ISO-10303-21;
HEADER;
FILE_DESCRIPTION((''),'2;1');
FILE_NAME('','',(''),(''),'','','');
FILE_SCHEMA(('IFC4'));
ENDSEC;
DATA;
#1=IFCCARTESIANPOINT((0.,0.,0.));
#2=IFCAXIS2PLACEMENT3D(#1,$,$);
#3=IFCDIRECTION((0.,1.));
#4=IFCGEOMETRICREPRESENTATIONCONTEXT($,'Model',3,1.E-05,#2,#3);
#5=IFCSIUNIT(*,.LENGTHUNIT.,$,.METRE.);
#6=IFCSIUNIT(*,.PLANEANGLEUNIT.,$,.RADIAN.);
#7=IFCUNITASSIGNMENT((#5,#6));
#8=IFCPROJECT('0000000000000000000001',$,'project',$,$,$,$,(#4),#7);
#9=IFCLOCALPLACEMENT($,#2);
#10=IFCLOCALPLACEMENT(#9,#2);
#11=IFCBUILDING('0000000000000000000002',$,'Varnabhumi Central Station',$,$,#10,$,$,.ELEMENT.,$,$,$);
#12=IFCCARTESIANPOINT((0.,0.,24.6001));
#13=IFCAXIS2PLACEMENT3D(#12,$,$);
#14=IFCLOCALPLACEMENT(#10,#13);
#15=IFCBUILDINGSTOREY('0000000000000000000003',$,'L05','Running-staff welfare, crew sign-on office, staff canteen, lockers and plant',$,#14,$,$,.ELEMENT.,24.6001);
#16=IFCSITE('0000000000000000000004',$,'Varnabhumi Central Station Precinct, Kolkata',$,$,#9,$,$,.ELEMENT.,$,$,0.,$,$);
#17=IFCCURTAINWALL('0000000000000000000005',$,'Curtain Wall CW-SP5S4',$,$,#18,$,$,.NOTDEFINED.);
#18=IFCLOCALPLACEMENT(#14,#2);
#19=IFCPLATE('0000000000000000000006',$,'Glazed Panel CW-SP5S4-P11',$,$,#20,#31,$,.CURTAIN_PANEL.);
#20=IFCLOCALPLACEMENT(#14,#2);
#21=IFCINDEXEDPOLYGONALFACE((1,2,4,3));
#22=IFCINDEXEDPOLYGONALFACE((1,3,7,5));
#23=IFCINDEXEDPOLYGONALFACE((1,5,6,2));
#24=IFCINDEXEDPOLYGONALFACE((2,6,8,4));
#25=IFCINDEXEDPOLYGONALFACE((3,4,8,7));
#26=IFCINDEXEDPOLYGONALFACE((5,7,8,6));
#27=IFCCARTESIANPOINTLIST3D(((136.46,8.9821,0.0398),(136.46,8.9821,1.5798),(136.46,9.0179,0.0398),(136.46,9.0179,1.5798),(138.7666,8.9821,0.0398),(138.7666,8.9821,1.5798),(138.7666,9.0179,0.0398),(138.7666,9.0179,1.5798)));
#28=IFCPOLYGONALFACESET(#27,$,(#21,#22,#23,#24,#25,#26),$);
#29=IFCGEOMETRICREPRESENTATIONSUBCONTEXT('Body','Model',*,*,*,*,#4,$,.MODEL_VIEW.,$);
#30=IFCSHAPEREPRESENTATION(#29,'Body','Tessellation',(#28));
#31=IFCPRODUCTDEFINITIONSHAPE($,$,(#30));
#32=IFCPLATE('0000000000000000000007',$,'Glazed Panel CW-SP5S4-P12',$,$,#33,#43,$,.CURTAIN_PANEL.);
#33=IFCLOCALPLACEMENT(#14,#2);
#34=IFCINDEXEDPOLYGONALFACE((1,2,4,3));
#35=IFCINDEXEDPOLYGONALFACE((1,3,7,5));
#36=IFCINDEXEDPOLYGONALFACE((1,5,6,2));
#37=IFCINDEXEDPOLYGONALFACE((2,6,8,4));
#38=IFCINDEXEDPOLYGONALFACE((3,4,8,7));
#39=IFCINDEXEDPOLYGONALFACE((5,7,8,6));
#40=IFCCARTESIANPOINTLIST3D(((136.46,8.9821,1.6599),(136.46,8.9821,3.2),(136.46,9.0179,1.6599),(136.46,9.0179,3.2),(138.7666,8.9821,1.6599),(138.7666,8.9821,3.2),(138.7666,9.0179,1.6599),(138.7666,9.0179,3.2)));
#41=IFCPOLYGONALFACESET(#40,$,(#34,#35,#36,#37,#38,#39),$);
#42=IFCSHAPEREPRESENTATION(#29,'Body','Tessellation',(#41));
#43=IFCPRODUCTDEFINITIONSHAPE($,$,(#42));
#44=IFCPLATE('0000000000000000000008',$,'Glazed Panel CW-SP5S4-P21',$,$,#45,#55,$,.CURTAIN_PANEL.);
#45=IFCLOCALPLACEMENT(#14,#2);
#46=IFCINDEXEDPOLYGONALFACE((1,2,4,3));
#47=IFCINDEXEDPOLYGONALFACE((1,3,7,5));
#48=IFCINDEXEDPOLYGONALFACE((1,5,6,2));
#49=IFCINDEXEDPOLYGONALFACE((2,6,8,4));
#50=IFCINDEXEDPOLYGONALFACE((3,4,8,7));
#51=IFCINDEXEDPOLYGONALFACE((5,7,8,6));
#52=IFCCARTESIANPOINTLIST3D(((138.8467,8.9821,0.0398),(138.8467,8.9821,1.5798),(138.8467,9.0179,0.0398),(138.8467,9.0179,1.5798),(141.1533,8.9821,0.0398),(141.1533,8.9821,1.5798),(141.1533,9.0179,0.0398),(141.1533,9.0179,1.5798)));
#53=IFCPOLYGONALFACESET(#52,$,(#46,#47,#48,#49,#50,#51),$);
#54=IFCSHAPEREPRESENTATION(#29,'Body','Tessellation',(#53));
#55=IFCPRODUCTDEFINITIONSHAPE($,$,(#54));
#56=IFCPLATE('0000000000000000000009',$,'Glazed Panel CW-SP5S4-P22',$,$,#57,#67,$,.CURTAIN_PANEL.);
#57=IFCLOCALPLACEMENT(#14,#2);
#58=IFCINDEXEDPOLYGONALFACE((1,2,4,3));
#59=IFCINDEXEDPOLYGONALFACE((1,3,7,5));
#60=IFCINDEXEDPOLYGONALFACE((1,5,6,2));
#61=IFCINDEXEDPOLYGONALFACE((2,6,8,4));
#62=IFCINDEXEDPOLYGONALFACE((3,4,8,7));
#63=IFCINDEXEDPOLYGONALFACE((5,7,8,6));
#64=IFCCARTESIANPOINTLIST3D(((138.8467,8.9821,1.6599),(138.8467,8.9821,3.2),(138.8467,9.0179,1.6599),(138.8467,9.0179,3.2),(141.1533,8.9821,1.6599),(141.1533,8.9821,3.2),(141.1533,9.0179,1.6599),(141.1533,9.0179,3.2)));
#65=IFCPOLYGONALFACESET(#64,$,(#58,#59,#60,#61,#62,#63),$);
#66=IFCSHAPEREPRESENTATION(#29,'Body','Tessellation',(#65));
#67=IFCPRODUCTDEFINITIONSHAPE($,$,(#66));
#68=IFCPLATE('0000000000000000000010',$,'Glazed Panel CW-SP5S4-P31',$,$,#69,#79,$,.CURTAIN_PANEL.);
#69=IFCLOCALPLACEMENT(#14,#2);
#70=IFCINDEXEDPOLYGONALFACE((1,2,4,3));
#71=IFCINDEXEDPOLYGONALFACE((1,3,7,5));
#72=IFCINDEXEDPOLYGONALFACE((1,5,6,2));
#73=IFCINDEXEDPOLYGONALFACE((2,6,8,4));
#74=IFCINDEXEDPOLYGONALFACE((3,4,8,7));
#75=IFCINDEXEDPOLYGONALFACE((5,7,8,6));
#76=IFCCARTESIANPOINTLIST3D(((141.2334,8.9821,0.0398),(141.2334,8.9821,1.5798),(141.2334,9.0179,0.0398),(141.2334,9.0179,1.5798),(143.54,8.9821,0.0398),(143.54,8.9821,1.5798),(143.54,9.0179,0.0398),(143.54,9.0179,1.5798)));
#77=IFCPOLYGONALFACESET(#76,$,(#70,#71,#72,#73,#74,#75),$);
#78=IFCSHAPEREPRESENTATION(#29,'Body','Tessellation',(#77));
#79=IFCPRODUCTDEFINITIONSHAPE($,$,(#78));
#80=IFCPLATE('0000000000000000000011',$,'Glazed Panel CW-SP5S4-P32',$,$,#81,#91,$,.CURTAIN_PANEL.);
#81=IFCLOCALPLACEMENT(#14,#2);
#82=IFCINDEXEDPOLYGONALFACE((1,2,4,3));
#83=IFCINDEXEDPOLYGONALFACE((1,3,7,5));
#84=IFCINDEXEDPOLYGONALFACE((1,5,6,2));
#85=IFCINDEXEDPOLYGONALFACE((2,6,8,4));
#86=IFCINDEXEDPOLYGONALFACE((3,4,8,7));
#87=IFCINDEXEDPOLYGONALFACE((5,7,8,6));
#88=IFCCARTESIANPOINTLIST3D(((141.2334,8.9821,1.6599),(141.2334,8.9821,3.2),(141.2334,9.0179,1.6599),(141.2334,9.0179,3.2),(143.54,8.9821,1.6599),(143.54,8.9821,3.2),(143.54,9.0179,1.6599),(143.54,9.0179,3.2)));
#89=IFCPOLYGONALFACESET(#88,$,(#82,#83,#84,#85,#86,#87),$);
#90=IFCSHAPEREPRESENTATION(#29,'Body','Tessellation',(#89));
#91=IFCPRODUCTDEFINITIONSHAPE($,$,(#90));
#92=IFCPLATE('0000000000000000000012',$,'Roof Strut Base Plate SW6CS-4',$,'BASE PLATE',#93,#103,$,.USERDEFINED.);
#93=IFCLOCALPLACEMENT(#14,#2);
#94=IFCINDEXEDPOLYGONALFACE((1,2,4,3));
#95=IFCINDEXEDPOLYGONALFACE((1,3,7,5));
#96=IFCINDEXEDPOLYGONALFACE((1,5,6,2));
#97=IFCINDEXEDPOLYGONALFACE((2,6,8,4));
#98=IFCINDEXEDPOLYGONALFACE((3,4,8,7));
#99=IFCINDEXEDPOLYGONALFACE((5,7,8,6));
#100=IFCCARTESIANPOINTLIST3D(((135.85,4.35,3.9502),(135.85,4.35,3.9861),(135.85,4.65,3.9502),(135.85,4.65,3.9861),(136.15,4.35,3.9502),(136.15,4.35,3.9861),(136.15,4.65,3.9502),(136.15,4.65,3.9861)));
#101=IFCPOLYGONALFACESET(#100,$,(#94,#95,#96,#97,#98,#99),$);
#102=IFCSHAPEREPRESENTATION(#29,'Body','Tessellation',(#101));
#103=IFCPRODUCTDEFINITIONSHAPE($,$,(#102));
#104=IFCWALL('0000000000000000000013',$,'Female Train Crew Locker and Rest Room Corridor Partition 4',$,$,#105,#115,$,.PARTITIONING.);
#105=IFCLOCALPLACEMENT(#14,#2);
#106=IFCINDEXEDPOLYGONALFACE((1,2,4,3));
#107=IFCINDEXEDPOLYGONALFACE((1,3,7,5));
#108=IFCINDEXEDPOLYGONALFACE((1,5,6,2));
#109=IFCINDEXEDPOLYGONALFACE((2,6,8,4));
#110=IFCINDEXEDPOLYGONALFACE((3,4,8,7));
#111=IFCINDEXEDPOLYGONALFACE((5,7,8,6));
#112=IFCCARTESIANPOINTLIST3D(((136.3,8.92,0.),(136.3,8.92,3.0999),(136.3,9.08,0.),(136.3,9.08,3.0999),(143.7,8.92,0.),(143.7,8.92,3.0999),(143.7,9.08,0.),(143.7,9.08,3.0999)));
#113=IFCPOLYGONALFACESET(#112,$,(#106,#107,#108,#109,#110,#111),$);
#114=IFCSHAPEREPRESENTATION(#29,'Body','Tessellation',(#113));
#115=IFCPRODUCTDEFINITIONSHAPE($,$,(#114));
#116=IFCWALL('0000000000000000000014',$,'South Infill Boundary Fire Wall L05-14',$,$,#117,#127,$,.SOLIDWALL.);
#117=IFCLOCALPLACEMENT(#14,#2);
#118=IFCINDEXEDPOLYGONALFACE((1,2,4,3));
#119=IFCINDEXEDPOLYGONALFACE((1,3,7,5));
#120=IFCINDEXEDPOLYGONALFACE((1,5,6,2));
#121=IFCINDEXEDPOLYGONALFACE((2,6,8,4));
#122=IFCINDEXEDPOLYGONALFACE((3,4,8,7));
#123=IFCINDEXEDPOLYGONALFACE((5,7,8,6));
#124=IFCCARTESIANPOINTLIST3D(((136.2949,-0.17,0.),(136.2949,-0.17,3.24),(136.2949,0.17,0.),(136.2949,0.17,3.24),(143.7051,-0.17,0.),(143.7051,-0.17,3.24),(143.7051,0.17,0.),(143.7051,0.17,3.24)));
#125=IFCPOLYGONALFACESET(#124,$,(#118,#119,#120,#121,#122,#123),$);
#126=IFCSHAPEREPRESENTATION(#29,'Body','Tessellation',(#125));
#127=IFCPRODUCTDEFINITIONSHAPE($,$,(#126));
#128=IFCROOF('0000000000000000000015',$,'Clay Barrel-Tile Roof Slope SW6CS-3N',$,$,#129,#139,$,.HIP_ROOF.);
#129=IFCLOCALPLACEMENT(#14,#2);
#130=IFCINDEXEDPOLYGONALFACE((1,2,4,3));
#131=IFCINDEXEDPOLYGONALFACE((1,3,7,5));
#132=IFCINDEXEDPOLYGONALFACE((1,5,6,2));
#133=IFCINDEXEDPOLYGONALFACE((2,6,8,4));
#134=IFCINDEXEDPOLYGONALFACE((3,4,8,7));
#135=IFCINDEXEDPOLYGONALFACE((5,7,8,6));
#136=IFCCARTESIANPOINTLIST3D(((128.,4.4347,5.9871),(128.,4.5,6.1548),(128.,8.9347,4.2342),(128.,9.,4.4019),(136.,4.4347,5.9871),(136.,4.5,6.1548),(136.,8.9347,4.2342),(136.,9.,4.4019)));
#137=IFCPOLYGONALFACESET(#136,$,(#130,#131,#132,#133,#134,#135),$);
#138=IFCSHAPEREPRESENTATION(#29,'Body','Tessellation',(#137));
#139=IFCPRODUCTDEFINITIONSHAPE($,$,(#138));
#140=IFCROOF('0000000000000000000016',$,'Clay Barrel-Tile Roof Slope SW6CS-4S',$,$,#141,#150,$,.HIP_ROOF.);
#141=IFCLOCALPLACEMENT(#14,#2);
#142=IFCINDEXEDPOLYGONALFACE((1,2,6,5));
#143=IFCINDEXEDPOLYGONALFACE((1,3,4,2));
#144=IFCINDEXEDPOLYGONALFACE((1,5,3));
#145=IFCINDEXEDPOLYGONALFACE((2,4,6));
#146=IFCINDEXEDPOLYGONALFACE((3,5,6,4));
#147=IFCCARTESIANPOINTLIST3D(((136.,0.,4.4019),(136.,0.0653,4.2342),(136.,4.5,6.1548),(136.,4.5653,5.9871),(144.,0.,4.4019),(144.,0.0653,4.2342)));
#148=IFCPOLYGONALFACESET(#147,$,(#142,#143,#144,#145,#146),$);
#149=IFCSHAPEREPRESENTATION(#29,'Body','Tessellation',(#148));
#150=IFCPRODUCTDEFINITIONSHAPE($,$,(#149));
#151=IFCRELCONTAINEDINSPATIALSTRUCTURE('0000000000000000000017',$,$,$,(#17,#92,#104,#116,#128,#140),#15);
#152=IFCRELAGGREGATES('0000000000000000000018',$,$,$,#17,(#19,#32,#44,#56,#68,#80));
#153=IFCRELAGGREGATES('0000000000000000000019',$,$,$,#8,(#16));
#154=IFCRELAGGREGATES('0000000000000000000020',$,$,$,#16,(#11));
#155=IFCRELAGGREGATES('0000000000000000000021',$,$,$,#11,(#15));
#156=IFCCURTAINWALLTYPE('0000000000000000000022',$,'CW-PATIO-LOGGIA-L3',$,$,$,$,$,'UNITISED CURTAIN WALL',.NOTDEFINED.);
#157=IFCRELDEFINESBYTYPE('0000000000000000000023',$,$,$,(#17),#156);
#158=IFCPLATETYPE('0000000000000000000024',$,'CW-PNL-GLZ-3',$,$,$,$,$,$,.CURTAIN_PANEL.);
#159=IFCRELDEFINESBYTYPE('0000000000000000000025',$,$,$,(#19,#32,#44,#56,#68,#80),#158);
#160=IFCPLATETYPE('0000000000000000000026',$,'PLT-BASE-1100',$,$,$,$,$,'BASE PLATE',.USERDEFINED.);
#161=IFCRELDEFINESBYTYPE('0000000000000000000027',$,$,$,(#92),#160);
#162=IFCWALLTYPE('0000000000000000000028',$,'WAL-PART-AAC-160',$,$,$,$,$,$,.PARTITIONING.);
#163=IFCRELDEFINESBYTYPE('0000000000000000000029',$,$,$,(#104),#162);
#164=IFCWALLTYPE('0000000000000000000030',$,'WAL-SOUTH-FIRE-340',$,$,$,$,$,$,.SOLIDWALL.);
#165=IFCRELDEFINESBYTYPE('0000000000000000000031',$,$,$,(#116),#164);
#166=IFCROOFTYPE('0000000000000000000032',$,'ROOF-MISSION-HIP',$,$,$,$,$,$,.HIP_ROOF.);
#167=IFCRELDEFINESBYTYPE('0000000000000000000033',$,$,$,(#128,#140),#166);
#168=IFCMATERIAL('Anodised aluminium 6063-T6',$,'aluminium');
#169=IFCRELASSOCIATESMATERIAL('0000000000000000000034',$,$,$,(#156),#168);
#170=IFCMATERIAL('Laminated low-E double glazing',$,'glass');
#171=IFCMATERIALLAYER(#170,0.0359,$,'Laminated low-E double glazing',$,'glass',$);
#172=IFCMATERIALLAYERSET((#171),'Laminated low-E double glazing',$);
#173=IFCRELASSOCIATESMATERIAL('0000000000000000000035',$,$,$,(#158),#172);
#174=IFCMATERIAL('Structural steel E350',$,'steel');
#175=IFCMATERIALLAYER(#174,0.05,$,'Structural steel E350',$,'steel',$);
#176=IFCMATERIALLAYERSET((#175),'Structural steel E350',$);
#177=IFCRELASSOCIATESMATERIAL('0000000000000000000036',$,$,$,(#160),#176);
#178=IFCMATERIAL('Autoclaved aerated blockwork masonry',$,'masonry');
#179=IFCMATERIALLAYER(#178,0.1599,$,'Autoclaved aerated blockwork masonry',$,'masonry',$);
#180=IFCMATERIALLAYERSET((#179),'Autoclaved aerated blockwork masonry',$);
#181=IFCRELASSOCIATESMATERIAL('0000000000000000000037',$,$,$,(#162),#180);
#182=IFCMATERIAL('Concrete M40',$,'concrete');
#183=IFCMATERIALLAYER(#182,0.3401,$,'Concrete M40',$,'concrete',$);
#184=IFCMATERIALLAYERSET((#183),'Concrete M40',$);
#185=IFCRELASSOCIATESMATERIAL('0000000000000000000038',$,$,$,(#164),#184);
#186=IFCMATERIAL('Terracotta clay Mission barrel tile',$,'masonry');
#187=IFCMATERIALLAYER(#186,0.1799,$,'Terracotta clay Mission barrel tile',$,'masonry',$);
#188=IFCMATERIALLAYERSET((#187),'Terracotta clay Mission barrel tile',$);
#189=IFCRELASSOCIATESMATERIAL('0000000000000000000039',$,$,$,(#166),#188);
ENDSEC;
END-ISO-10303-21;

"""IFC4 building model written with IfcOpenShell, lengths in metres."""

from ifc_helpers import new_model, si_unit, direction, frame, frame_2d, origin, origin_2d, place, context, subcontext, project, spatial, polyline, rectangle, outline, extrude, material, layer, layer_set, type_object, element, aggregate, save


model = new_model("IFC4")

# Units and contexts
model_context = context("Model", 3, precision=1e-05, world=origin(), true_north=direction((0.0, 1.0)))
body_context = subcontext(model_context, "Body", "Model", "MODEL_VIEW")
ifc_project = project(units=[si_unit("LENGTHUNIT", "METRE"), si_unit("PLANEANGLEUNIT", "RADIAN")], contexts=[model_context])

# Site, building, storey
site_placement = place(None, origin())
site = spatial("IfcSite", under=ifc_project, at=site_placement, Name="Varnabhumi Central Station Precinct, Kolkata", CompositionType="ELEMENT", RefElevation=0.0)
building_placement = place(site_placement, origin())
building = spatial("IfcBuilding", under=site, at=building_placement, Name="Varnabhumi Central Station", CompositionType="ELEMENT")
storey_placement = place(building_placement, frame((0.0, 0.0, 24.6001)))
storey = spatial("IfcBuildingStorey", under=building, at=storey_placement, Name="L05", Description="Running-staff welfare, crew sign-on office, staff canteen, lockers and plant", CompositionType="ELEMENT", Elevation=24.6001)

# Shared definitions
ifc_material_1 = material(Name="Concrete M40", Category="concrete")

# Shared definitions
ifc_material_2 = material(Name="Structural steel E350", Category="steel")

# Curtain wall
ifc_material_3 = material(Name="Anodised aluminium 6063-T6", Category="aluminium")
curtain_wall_type = type_object("IfcCurtainWallType", Name="CW-PATIO-LOGGIA-L3", ElementType="UNITISED CURTAIN WALL", PredefinedType="NOTDEFINED", material=ifc_material_3)
curtain_wall_placement = place(storey_placement, origin())
curtain_wall = element("IfcCurtainWall", 1, at=curtain_wall_placement, inside=storey, type_object=curtain_wall_type, Name="Curtain Wall CW-SP5S4", PredefinedType="NOTDEFINED")

# Plates
ifc_material_4 = material(Name="Laminated low-E double glazing", Category="glass")
ifc_layer_1 = layer(ifc_material_4, 0.0359, Name="Laminated low-E double glazing", Category="glass")
ifc_layer_set_1 = layer_set([ifc_layer_1], Name="Laminated low-E double glazing")
plate_type_1 = type_object("IfcPlateType", Name="CW-PNL-GLZ-3", PredefinedType="CURTAIN_PANEL", material=ifc_layer_set_1)
plate_1_placement = place(storey_placement, frame((137.6133, 9.0, 0.0398), z_axis=(0.0, 0.0, 1.0), x_axis=(1.0, 0.0, 0.0)))
plate_1 = element("IfcPlate", 2, at=plate_1_placement, type_object=plate_type_1, Name="Glazed Panel CW-SP5S4-P11", PredefinedType="CURTAIN_PANEL", context=body_context, shape_type="SweptSolid", body=[
    extrude(rectangle(XDim=2.3066, YDim=0.0359, at=origin_2d()), origin(), (0.0, 0.0, 1.0), 1.54),
])
plate_2_placement = place(storey_placement, frame((137.6133, 9.0, 1.6599), z_axis=(0.0, 0.0, 1.0), x_axis=(1.0, 0.0, 0.0)))
plate_2 = element("IfcPlate", 3, at=plate_2_placement, type_object=plate_type_1, Name="Glazed Panel CW-SP5S4-P12", PredefinedType="CURTAIN_PANEL", context=body_context, shape_type="SweptSolid", body=[
    extrude(rectangle(XDim=2.3066, YDim=0.0359, at=origin_2d()), origin(), (0.0, 0.0, 1.0), 1.54),
])
plate_3_placement = place(storey_placement, frame((140.0, 9.0, 0.0398), z_axis=(0.0, 0.0, 1.0), x_axis=(1.0, 0.0, 0.0)))
plate_3 = element("IfcPlate", 4, at=plate_3_placement, type_object=plate_type_1, Name="Glazed Panel CW-SP5S4-P21", PredefinedType="CURTAIN_PANEL", context=body_context, shape_type="SweptSolid", body=[
    extrude(rectangle(XDim=2.3066, YDim=0.0359, at=origin_2d()), origin(), (0.0, 0.0, 1.0), 1.54),
])
plate_4_placement = place(storey_placement, frame((140.0, 9.0, 1.6599), z_axis=(0.0, 0.0, 1.0), x_axis=(1.0, 0.0, 0.0)))
plate_4 = element("IfcPlate", 5, at=plate_4_placement, type_object=plate_type_1, Name="Glazed Panel CW-SP5S4-P22", PredefinedType="CURTAIN_PANEL", context=body_context, shape_type="SweptSolid", body=[
    extrude(rectangle(XDim=2.3066, YDim=0.0359, at=origin_2d()), origin(), (0.0, 0.0, 1.0), 1.54),
])
plate_5_placement = place(storey_placement, frame((142.3867, 9.0, 0.0398), z_axis=(0.0, 0.0, 1.0), x_axis=(1.0, 0.0, 0.0)))
plate_5 = element("IfcPlate", 6, at=plate_5_placement, type_object=plate_type_1, Name="Glazed Panel CW-SP5S4-P31", PredefinedType="CURTAIN_PANEL", context=body_context, shape_type="SweptSolid", body=[
    extrude(rectangle(XDim=2.3066, YDim=0.0359, at=origin_2d()), origin(), (0.0, 0.0, 1.0), 1.54),
])
plate_6_placement = place(storey_placement, frame((142.3867, 9.0, 1.6599), z_axis=(0.0, 0.0, 1.0), x_axis=(1.0, 0.0, 0.0)))
plate_6 = element("IfcPlate", 7, at=plate_6_placement, type_object=plate_type_1, Name="Glazed Panel CW-SP5S4-P32", PredefinedType="CURTAIN_PANEL", context=body_context, shape_type="SweptSolid", body=[
    extrude(rectangle(XDim=2.3066, YDim=0.0359, at=origin_2d()), origin(), (0.0, 0.0, 1.0), 1.54),
])
aggregate(curtain_wall, [plate_1, plate_2, plate_3, plate_4, plate_5, plate_6])
ifc_layer_2 = layer(ifc_material_2, 0.05, Name="Structural steel E350", Category="steel")
ifc_layer_set_2 = layer_set([ifc_layer_2], Name="Structural steel E350")
plate_type_2 = type_object("IfcPlateType", Name="PLT-BASE-1100", ElementType="BASE PLATE", PredefinedType="USERDEFINED", material=ifc_layer_set_2)
plate_7_placement = place(storey_placement, frame((136.0, 4.5, 3.9502), z_axis=(0.0, 0.0, 1.0), x_axis=(1.0, 0.0, 0.0)))
element("IfcPlate", 8, at=plate_7_placement, inside=storey, type_object=plate_type_2, Name="Roof Strut Base Plate SW6CS-4", ObjectType="BASE PLATE", PredefinedType="USERDEFINED", context=body_context, shape_type="SweptSolid", body=[
    extrude(rectangle(XDim=0.3, YDim=0.3, at=origin_2d()), origin(), (0.0, 0.0, 1.0), 0.0359),
])

# Walls
ifc_material_5 = material(Name="Autoclaved aerated blockwork masonry", Category="masonry")
ifc_layer_3 = layer(ifc_material_5, 0.1599, Name="Autoclaved aerated blockwork masonry", Category="masonry")
ifc_layer_set_3 = layer_set([ifc_layer_3], Name="Autoclaved aerated blockwork masonry")
wall_type_1 = type_object("IfcWallType", Name="WAL-PART-AAC-160", PredefinedType="PARTITIONING", material=ifc_layer_set_3)
wall_1_placement = place(storey_placement, frame((136.3, 9.0, 0.0), z_axis=(0.0, 0.0, 1.0), x_axis=(1.0, 0.0, 0.0)))
element("IfcWall", 9, at=wall_1_placement, inside=storey, type_object=wall_type_1, Name="Female Train Crew Locker and Rest Room Corridor Partition 4", PredefinedType="PARTITIONING", context=body_context, shape_type="SweptSolid", body=[
    extrude(rectangle(XDim=7.3999, YDim=0.1599, at=frame_2d((3.7, 0.0))), origin(), (0.0, 0.0, 1.0), 3.0999),
])
ifc_layer_4 = layer(ifc_material_1, 0.3401, Name="Concrete M40", Category="concrete")
ifc_layer_set_4 = layer_set([ifc_layer_4], Name="Concrete M40")
wall_type_2 = type_object("IfcWallType", Name="WAL-SOUTH-FIRE-340", PredefinedType="SOLIDWALL", material=ifc_layer_set_4)
wall_2_placement = place(storey_placement, frame((136.2949, 0.0, 0.0), z_axis=(0.0, 0.0, 1.0), x_axis=(1.0, 0.0, 0.0)))
element("IfcWall", 10, at=wall_2_placement, inside=storey, type_object=wall_type_2, Name="South Infill Boundary Fire Wall L05-14", PredefinedType="SOLIDWALL", context=body_context, shape_type="SweptSolid", body=[
    extrude(rectangle(XDim=7.4102, YDim=0.3401, at=frame_2d((3.7051, 0.0))), origin(), (0.0, 0.0, 1.0), 3.24),
])

# Roofs
ifc_material_6 = material(Name="Terracotta clay Mission barrel tile", Category="masonry")
ifc_layer_5 = layer(ifc_material_6, 0.1799, Name="Terracotta clay Mission barrel tile", Category="masonry")
ifc_layer_set_5 = layer_set([ifc_layer_5], Name="Terracotta clay Mission barrel tile")
roof_type = type_object("IfcRoofType", Name="ROOF-MISSION-HIP", PredefinedType="HIP_ROOF", material=ifc_layer_set_5)
roof_1_placement = place(storey_placement, frame((136.0, 9.0, 4.4019), z_axis=(0.0, 0.362973, 0.9318), x_axis=(-1.0, 0.0, 0.0)))
element("IfcRoof", 11, at=roof_1_placement, inside=storey, type_object=roof_type, Name="Clay Barrel-Tile Roof Slope SW6CS-3N", PredefinedType="HIP_ROOF", context=body_context, shape_type="SweptSolid", body=[
    extrude(outline(polyline([(0.0, 0.0), (8.0, 0.0), (8.0, 4.8294), (0.0, 4.8294), (0.0, 0.0)])), origin(), (0.0, 0.0, -1.0), 0.1799),
])
roof_2_placement = place(storey_placement, frame((136.0, 0.0, 4.4019), z_axis=(0.0, -0.362973, 0.9318), x_axis=(1.0, 0.0, 0.0)))
element("IfcRoof", 12, at=roof_2_placement, inside=storey, type_object=roof_type, Name="Clay Barrel-Tile Roof Slope SW6CS-4S", PredefinedType="HIP_ROOF", context=body_context, shape_type="SweptSolid", body=[
    extrude(outline(polyline([(0.0, 0.0), (8.0, 0.0), (0.0, 4.8294), (0.0, 0.0)])), origin(), (0.0, 0.0, -1.0), 0.1799),
])

save(model, "model.ifc")
